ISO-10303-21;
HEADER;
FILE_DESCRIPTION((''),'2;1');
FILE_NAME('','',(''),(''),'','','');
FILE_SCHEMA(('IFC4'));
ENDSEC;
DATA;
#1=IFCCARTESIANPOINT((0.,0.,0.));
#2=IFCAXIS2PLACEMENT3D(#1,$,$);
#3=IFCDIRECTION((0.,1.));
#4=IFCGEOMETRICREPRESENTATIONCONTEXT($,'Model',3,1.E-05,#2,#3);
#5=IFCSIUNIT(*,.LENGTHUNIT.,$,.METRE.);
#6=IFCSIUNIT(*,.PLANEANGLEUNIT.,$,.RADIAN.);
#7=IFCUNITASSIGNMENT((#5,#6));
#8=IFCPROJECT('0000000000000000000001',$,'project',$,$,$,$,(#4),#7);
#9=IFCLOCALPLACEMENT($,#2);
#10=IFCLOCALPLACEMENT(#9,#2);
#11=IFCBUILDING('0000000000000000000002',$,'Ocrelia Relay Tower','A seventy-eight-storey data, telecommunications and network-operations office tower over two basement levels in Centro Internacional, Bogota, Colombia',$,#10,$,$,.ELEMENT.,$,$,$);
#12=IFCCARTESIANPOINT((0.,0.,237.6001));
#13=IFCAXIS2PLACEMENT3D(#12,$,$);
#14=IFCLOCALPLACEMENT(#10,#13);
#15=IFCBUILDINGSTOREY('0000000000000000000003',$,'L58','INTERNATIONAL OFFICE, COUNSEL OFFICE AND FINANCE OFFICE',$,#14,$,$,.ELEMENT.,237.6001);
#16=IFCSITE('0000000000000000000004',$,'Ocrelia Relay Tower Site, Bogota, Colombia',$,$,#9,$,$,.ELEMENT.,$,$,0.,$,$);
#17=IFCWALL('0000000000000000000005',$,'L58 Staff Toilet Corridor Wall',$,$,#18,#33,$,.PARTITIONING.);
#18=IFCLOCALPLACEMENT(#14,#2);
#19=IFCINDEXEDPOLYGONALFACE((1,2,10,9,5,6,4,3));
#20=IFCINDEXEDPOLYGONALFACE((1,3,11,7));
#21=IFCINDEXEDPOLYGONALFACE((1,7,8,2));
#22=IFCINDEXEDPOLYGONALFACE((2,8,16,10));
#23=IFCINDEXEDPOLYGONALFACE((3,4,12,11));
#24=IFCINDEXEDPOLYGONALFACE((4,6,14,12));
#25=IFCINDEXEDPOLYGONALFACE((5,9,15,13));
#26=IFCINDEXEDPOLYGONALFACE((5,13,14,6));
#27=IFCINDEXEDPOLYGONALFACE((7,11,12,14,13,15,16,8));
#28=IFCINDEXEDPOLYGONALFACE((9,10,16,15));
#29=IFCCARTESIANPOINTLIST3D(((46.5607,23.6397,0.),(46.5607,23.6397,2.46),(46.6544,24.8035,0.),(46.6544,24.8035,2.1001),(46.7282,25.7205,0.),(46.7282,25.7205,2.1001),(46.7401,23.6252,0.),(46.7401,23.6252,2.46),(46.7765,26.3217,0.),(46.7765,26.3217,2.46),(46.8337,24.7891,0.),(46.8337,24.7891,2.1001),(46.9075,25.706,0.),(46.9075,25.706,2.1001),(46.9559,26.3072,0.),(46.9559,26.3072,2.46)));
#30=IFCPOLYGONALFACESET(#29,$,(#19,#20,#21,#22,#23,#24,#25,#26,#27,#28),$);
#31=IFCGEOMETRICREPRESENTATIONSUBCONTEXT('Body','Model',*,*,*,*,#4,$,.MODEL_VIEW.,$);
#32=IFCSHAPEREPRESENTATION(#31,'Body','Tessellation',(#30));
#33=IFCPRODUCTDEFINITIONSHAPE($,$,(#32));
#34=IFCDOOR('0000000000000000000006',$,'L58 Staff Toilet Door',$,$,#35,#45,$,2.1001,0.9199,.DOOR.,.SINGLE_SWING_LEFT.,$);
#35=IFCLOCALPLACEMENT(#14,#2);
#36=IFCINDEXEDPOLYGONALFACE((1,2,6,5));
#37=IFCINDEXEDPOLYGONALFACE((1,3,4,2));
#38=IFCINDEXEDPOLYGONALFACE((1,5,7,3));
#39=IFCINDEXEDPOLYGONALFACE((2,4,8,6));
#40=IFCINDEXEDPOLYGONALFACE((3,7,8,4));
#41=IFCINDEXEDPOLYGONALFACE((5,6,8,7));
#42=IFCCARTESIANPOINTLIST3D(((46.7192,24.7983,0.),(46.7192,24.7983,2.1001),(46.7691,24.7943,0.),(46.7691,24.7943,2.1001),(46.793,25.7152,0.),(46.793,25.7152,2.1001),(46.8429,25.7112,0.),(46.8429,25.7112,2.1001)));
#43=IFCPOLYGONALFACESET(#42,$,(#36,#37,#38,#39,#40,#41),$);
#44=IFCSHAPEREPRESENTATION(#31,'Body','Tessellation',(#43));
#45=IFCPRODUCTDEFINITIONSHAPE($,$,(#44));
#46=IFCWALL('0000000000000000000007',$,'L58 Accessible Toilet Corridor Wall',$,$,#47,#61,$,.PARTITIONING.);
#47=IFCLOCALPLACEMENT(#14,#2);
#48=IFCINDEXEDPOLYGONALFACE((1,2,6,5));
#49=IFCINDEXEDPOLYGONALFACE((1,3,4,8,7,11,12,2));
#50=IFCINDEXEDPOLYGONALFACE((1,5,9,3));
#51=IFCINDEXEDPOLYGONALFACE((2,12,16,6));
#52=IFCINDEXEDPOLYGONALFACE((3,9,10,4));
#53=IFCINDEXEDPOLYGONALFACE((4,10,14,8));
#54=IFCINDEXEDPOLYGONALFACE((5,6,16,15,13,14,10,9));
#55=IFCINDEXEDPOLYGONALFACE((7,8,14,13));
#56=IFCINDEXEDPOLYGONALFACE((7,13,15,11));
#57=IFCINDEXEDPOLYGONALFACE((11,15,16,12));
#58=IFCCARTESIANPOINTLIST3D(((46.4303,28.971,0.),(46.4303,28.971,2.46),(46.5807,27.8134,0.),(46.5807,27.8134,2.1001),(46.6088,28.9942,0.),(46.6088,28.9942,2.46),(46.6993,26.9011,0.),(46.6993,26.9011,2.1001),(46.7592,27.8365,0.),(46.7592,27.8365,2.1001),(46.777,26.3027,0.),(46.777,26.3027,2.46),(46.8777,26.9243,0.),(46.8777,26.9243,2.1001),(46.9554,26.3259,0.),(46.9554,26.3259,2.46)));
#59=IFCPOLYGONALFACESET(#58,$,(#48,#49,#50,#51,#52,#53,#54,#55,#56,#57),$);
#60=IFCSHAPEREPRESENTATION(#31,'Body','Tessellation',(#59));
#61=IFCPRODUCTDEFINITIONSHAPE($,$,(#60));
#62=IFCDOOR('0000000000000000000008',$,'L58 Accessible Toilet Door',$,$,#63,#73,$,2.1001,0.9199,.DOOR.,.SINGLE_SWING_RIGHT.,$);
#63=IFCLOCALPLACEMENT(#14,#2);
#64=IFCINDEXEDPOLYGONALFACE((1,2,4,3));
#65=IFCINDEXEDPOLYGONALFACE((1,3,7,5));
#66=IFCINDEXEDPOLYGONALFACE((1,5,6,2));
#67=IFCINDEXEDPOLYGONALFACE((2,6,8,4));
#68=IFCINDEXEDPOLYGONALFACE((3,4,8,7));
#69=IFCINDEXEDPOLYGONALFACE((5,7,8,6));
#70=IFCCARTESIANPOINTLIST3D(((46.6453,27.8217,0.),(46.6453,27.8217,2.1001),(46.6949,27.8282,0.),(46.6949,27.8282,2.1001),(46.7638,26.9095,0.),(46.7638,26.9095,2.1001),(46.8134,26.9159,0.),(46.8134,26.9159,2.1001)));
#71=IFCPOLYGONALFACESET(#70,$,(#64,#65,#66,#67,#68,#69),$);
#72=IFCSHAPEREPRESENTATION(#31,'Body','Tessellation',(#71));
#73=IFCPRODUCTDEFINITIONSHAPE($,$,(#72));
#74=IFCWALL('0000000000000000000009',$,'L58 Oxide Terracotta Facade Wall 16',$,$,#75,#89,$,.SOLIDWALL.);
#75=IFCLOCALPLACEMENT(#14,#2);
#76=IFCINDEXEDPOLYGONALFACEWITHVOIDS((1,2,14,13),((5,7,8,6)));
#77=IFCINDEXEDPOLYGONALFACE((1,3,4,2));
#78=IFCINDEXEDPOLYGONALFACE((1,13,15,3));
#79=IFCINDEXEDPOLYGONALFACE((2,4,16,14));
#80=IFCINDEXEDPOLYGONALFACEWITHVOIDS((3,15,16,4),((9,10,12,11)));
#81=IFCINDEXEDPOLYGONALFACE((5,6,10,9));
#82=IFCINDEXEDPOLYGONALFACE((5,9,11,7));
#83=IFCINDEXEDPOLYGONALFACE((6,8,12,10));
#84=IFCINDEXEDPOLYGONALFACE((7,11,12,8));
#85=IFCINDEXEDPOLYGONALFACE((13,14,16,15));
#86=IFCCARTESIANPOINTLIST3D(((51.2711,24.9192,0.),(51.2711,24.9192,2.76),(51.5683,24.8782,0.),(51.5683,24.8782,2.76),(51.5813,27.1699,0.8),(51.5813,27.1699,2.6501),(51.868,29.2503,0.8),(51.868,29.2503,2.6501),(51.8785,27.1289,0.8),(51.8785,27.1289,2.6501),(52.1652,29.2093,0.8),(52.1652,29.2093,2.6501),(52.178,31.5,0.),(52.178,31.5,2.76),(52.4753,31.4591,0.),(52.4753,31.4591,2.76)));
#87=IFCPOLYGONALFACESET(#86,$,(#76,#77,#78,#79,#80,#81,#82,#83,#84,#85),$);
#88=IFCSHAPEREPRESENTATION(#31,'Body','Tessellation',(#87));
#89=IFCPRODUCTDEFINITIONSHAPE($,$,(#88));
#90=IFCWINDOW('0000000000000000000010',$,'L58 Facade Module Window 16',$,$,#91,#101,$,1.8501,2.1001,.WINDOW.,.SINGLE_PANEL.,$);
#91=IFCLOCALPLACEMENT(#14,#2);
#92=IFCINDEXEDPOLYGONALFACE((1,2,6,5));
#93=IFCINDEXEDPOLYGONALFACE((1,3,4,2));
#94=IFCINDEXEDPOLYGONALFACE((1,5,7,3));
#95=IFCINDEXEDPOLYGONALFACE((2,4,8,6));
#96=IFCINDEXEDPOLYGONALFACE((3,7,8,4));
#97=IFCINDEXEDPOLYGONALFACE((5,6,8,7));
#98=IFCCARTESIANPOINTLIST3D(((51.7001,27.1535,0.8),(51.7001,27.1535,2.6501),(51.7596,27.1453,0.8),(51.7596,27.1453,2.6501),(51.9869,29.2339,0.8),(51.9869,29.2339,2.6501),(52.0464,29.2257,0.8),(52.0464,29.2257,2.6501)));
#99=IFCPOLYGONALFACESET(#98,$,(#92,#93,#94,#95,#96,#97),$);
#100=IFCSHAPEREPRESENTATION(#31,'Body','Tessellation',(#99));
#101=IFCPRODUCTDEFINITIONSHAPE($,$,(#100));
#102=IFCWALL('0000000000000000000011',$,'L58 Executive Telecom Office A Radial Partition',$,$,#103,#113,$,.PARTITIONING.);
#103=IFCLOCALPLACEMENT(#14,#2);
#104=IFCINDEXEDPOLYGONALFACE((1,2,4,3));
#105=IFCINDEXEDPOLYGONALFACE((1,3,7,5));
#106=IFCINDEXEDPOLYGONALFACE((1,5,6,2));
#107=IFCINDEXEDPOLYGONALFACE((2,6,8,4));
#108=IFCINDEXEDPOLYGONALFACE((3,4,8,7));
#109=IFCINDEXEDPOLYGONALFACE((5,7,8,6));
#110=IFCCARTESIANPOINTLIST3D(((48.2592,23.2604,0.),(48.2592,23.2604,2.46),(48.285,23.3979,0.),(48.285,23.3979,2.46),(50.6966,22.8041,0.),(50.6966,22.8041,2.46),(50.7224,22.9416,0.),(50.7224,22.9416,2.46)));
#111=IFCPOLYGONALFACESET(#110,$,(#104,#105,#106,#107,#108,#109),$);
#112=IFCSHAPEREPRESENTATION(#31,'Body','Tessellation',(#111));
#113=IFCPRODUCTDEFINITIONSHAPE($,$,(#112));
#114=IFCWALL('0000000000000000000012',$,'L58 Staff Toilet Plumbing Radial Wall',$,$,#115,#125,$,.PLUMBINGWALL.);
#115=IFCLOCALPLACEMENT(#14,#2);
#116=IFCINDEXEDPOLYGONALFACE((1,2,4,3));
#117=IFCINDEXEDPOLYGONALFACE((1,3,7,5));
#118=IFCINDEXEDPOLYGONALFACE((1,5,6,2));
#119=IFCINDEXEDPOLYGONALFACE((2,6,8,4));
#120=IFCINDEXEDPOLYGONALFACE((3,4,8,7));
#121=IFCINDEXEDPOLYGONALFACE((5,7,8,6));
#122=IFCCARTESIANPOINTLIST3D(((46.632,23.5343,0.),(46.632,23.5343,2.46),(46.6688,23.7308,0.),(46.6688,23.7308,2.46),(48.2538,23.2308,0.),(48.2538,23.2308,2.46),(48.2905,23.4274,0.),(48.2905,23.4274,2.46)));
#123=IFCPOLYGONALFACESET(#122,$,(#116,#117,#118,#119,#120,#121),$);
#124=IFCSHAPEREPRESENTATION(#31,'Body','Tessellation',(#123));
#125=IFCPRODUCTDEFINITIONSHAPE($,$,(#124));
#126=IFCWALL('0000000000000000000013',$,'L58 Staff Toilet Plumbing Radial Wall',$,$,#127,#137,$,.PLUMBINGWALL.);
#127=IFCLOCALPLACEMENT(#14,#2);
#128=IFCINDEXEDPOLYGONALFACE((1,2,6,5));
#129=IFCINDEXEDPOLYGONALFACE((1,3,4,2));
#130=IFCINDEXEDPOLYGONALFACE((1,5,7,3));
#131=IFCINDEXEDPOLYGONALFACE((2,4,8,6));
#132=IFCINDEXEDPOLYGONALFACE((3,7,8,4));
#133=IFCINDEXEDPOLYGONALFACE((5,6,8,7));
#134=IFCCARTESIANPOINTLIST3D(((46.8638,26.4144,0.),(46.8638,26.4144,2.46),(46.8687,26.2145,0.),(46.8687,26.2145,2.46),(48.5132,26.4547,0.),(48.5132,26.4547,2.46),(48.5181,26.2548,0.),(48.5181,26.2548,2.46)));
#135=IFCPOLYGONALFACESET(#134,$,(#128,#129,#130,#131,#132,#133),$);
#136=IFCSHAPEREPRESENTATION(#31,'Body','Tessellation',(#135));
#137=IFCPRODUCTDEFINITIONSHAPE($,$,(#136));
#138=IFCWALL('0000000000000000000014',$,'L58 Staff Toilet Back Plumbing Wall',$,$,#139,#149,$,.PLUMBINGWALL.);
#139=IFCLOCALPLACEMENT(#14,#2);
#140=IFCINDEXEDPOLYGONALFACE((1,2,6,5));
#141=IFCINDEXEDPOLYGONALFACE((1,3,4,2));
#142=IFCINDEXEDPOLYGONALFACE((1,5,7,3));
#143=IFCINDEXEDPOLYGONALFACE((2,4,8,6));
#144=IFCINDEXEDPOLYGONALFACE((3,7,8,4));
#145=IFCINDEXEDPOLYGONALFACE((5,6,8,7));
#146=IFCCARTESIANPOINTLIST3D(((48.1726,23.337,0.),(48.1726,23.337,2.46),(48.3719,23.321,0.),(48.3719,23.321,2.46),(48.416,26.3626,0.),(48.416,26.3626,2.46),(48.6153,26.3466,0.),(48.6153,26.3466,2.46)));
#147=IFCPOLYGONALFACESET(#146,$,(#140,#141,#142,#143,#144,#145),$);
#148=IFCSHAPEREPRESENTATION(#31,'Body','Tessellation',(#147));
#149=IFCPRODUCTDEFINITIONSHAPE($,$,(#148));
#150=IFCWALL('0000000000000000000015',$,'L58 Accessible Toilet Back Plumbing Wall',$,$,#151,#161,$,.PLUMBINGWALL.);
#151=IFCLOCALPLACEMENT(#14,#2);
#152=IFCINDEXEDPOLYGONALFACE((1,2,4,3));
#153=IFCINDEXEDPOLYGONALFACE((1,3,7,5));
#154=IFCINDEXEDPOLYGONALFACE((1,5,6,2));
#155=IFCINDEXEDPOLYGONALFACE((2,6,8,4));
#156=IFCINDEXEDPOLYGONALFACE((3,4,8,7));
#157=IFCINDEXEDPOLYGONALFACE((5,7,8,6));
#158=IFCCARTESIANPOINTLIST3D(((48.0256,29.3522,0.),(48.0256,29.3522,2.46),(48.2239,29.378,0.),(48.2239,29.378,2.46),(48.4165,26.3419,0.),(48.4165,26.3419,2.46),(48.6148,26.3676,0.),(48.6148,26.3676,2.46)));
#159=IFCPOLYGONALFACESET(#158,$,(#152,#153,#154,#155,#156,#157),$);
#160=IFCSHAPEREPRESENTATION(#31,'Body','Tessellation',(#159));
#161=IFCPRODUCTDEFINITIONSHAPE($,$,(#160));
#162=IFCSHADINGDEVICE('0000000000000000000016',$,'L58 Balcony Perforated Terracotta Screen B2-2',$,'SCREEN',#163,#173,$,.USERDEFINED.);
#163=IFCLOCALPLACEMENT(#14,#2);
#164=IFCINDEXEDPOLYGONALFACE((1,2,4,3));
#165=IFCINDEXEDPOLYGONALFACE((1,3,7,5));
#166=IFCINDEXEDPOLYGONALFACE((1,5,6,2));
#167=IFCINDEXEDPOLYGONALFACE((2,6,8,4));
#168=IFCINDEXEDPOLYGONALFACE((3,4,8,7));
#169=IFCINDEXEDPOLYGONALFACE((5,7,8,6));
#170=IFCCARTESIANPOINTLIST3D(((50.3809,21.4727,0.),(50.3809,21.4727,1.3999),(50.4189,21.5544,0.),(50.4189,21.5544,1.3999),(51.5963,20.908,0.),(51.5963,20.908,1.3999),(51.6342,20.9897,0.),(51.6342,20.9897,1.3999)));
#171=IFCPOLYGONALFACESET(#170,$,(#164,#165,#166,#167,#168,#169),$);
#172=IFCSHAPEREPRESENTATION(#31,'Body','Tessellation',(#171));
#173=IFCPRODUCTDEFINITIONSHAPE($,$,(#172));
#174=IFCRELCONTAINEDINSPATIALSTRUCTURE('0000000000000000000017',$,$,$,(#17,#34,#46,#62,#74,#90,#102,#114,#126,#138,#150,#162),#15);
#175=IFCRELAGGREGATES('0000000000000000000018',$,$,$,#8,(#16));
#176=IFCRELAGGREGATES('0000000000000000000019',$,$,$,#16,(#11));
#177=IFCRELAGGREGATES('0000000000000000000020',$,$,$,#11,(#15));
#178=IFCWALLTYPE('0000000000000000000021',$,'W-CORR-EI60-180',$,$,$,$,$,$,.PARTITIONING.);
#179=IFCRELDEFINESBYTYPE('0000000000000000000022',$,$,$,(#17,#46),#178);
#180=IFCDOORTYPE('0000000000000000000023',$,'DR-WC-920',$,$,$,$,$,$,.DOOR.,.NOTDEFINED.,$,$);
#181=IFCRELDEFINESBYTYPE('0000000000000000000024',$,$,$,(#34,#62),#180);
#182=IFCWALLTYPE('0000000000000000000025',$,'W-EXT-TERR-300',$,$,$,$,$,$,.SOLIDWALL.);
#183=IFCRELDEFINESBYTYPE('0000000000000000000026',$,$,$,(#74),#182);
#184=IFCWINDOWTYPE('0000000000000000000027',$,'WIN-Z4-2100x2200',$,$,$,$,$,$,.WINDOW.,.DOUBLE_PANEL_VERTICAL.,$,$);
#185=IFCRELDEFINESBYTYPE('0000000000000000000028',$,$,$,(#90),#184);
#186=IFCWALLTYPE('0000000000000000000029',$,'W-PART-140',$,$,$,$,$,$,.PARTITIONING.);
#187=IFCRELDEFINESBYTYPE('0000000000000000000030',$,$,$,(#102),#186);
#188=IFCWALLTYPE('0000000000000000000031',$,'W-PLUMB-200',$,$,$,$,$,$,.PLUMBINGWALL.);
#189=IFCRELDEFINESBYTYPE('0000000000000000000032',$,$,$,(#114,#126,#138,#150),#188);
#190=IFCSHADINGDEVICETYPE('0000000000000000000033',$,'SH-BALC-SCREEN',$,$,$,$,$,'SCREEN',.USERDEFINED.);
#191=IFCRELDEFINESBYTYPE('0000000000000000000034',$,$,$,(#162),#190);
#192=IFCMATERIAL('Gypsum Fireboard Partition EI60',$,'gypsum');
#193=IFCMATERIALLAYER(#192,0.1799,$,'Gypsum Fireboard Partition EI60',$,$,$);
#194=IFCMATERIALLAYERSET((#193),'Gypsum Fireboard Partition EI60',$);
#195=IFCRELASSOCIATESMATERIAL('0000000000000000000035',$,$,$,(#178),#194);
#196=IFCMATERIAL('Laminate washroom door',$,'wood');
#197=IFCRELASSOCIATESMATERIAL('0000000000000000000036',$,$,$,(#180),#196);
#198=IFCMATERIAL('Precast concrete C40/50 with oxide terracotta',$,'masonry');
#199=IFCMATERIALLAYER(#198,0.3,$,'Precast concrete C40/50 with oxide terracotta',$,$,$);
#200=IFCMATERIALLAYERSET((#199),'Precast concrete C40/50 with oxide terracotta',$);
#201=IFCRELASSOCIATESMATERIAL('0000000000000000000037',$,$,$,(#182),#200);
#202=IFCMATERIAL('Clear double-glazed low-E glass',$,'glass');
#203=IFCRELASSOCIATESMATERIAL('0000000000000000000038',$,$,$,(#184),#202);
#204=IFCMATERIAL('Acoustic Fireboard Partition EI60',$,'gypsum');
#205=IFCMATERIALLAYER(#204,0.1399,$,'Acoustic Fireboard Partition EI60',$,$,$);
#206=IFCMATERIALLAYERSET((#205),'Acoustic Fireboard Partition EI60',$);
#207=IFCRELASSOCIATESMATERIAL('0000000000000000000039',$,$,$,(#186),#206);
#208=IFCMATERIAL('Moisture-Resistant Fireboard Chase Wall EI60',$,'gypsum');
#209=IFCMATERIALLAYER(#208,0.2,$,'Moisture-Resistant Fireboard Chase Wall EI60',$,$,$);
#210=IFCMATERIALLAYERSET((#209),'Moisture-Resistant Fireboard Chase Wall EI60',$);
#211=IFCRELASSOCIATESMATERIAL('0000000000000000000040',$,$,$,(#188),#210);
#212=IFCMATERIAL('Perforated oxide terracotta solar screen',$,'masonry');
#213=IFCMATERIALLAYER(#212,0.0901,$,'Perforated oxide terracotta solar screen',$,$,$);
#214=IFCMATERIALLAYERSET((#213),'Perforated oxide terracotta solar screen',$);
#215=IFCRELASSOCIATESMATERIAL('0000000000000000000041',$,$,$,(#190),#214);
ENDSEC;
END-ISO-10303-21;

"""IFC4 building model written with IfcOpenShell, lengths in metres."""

from ifc_helpers import new_model, si_unit, direction, frame, frame_2d, origin, origin_2d, place, context, subcontext, project, spatial, rectangle, extrude, material, layer, layer_set, type_object, element, fill, save


model = new_model("IFC4")

# Units and contexts
model_context = context("Model", 3, precision=1e-05, world=origin(), true_north=direction((0.0, 1.0)))
body_context = subcontext(model_context, "Body", "Model", "MODEL_VIEW")
ifc_project = project(units=[si_unit("LENGTHUNIT", "METRE"), si_unit("PLANEANGLEUNIT", "RADIAN")], contexts=[model_context])

# Site, building, storey
site_placement = place(None, origin())
site = spatial("IfcSite", under=ifc_project, at=site_placement, Name="Ocrelia Relay Tower Site, Bogota, Colombia", CompositionType="ELEMENT", RefElevation=0.0)
building_placement = place(site_placement, origin())
building = spatial("IfcBuilding", under=site, at=building_placement, Name="Ocrelia Relay Tower", Description="A seventy-eight-storey data, telecommunications and network-operations office tower over two basement levels in Centro Internacional, Bogota, Colombia", CompositionType="ELEMENT")
storey_placement = place(building_placement, frame((0.0, 0.0, 237.6001)))
storey = spatial("IfcBuildingStorey", under=building, at=storey_placement, Name="L58", Description="INTERNATIONAL OFFICE, COUNSEL OFFICE AND FINANCE OFFICE", CompositionType="ELEMENT", Elevation=237.6001)

# Walls, openings, doors
ifc_material_1 = material(Name="Gypsum Fireboard Partition EI60", Category="gypsum")
ifc_layer_1 = layer(ifc_material_1, 0.1799, Name="Gypsum Fireboard Partition EI60")
ifc_layer_set_1 = layer_set([ifc_layer_1], Name="Gypsum Fireboard Partition EI60")
wall_type_1 = type_object("IfcWallType", Name="W-CORR-EI60-180", PredefinedType="PARTITIONING", material=ifc_layer_set_1)
wall_1_placement = place(storey_placement, frame((46.6504, 23.6326, 0.0), z_axis=(0.0, 0.0, 1.0), x_axis=(0.080214, 0.996778, 0.0)))
wall_1 = element("IfcWall", 1, at=wall_1_placement, inside=storey, type_object=wall_type_1, Name="L58 Staff Toilet Corridor Wall", PredefinedType="PARTITIONING", context=body_context, shape_type="SweptSolid", body=[
    extrude(rectangle(XDim=2.6907, YDim=0.1799, at=frame_2d((1.3452, 0.0))), origin(), (0.0, 0.0, 1.0), 2.46),
])
opening_1_placement = place(wall_1_placement, frame((1.1675, 0.0, 0.0)))
opening_1 = element("IfcOpeningElement", 2, at=opening_1_placement, cuts=wall_1, PredefinedType="OPENING", context=body_context, shape_type="SweptSolid", body=[
    extrude(rectangle(XDim=0.9199, YDim=2.1001, at=frame_2d((0.46, 1.05))), frame((0.0, 0.1001, 0.0), z_axis=(0.0, -1.0, 0.0), x_axis=(1.0, 0.0, 0.0)), (0.0, 0.0, 1.0), 0.2),
])
ifc_material_2 = material(Name="Laminate washroom door", Category="wood")
door_type = type_object("IfcDoorType", Name="DR-WC-920", OperationType="NOTDEFINED", PredefinedType="DOOR", material=ifc_material_2)
door_1_placement = place(opening_1_placement, origin())
door_1 = element("IfcDoor", 3, at=door_1_placement, inside=storey, type_object=door_type, Name="L58 Staff Toilet Door", OperationType="SINGLE_SWING_LEFT", OverallHeight=2.1001, OverallWidth=0.9199, PredefinedType="DOOR", context=body_context, shape_type="SweptSolid", body=[
    extrude(rectangle(XDim=0.9199, YDim=2.1001, at=frame_2d((0.46, 1.05))), frame((0.0, 0.0249, 0.0), z_axis=(0.0, -1.0, 0.0), x_axis=(1.0, 0.0, 0.0)), (0.0, 0.0, 1.0), 0.05),
])
fill(opening_1, door_1)
wall_2_placement = place(storey_placement, frame((46.8662, 26.3145, 0.0), z_axis=(0.0, 0.0, 1.0), x_axis=(-0.128847, 0.991665, 0.0)))
wall_2 = element("IfcWall", 4, at=wall_2_placement, inside=storey, type_object=wall_type_1, Name="L58 Accessible Toilet Corridor Wall", PredefinedType="PARTITIONING", context=body_context, shape_type="SweptSolid", body=[
    extrude(rectangle(XDim=2.6907, YDim=0.1799, at=frame_2d((1.3452, 0.0))), origin(), (0.0, 0.0, 1.0), 2.46),
])
opening_2_placement = place(wall_2_placement, frame((0.6033, 0.0, 0.0)))
opening_2 = element("IfcOpeningElement", 5, at=opening_2_placement, cuts=wall_2, PredefinedType="OPENING", context=body_context, shape_type="SweptSolid", body=[
    extrude(rectangle(XDim=0.9199, YDim=2.1001, at=frame_2d((0.46, 1.05))), frame((0.0, 0.1001, 0.0), z_axis=(0.0, -1.0, 0.0), x_axis=(1.0, 0.0, 0.0)), (0.0, 0.0, 1.0), 0.2),
])
door_2_placement = place(opening_2_placement, origin())
door_2 = element("IfcDoor", 6, at=door_2_placement, inside=storey, type_object=door_type, Name="L58 Accessible Toilet Door", OperationType="SINGLE_SWING_RIGHT", OverallHeight=2.1001, OverallWidth=0.9199, PredefinedType="DOOR", context=body_context, shape_type="SweptSolid", body=[
    extrude(rectangle(XDim=0.9199, YDim=2.1001, at=frame_2d((0.46, 1.05))), frame((0.0, 0.0249, 0.0), z_axis=(0.0, -1.0, 0.0), x_axis=(1.0, 0.0, 0.0)), (0.0, 0.0, 1.0), 0.05),
])
fill(opening_2, door_2)

# Wall, opening, window
ifc_material_3 = material(Name="Precast concrete C40/50 with oxide terracotta", Category="masonry")
ifc_layer_2 = layer(ifc_material_3, 0.3, Name="Precast concrete C40/50 with oxide terracotta")
ifc_layer_set_2 = layer_set([ifc_layer_2], Name="Precast concrete C40/50 with oxide terracotta")
wall_type_2 = type_object("IfcWallType", Name="W-EXT-TERR-300", PredefinedType="SOLIDWALL", material=ifc_layer_set_2)
wall_3_placement = place(storey_placement, frame((51.4197, 24.8987, 0.0), z_axis=(0.0, 0.0, 1.0), x_axis=(0.136532, 0.990636, 0.0)))
wall_3 = element("IfcWall", 7, at=wall_3_placement, inside=storey, type_object=wall_type_2, Name="L58 Oxide Terracotta Facade Wall 16", PredefinedType="SOLIDWALL", context=body_context, shape_type="SweptSolid", body=[
    extrude(rectangle(XDim=6.6431, YDim=0.3, at=frame_2d((3.3215, 0.0))), origin(), (0.0, 0.0, 1.0), 2.76),
])
opening_3_placement = place(wall_3_placement, frame((2.272, 0.0, 0.8)))
opening_3 = element("IfcOpeningElement", 8, at=opening_3_placement, cuts=wall_3, PredefinedType="OPENING", context=body_context, shape_type="SweptSolid", body=[
    extrude(rectangle(XDim=2.1001, YDim=1.8501, at=frame_2d((1.05, 0.925))), frame((0.0, 0.1602, 0.0), z_axis=(0.0, -1.0, 0.0), x_axis=(1.0, 0.0, 0.0)), (0.0, 0.0, 1.0), 0.3201),
])
ifc_material_4 = material(Name="Clear double-glazed low-E glass", Category="glass")
window_type = type_object("IfcWindowType", Name="WIN-Z4-2100x2200", PartitioningType="DOUBLE_PANEL_VERTICAL", PredefinedType="WINDOW", material=ifc_material_4)
window_placement = place(opening_3_placement, origin())
window = element("IfcWindow", 9, at=window_placement, inside=storey, type_object=window_type, Name="L58 Facade Module Window 16", OverallHeight=1.8501, OverallWidth=2.1001, PartitioningType="SINGLE_PANEL", PredefinedType="WINDOW", context=body_context, shape_type="SweptSolid", body=[
    extrude(rectangle(XDim=2.1001, YDim=1.8501, at=frame_2d((1.05, 0.925))), frame((0.0, 0.03, 0.0), z_axis=(0.0, -1.0, 0.0), x_axis=(1.0, 0.0, 0.0)), (0.0, 0.0, 1.0), 0.0601),
])
fill(opening_3, window)

# Walls
ifc_material_5 = material(Name="Acoustic Fireboard Partition EI60", Category="gypsum")
ifc_layer_3 = layer(ifc_material_5, 0.1399, Name="Acoustic Fireboard Partition EI60")
ifc_layer_set_3 = layer_set([ifc_layer_3], Name="Acoustic Fireboard Partition EI60")
wall_type_3 = type_object("IfcWallType", Name="W-PART-140", PredefinedType="PARTITIONING", material=ifc_layer_set_3)
wall_4_placement = place(storey_placement, frame((48.2722, 23.3291, 0.0), z_axis=(0.0, 0.0, 1.0), x_axis=(0.982926, -0.184003, 0.0)))
element("IfcWall", 10, at=wall_4_placement, inside=storey, type_object=wall_type_3, Name="L58 Executive Telecom Office A Radial Partition", PredefinedType="PARTITIONING", context=body_context, shape_type="SweptSolid", body=[
    extrude(rectangle(XDim=2.4797, YDim=0.1399, at=frame_2d((1.2397, 0.0))), origin(), (0.0, 0.0, 1.0), 2.46),
])
ifc_material_6 = material(Name="Moisture-Resistant Fireboard Chase Wall EI60", Category="gypsum")
ifc_layer_4 = layer(ifc_material_6, 0.2, Name="Moisture-Resistant Fireboard Chase Wall EI60")
ifc_layer_set_4 = layer_set([ifc_layer_4], Name="Moisture-Resistant Fireboard Chase Wall EI60")
wall_type_4 = type_object("IfcWallType", Name="W-PLUMB-200", PredefinedType="PLUMBINGWALL", material=ifc_layer_set_4)
for number, where, z_axis, x_axis, name in (
    (11, (46.6504, 23.6326, 0.0), (0.0, 0.0, 1.0), (0.982941, -0.183922, 0.0), "L58 Staff Toilet Plumbing Radial Wall"),
    (12, (46.8662, 26.3145, 0.0), (0.0, 0.0, 1.0), (0.999702, 0.024415, 0.0), "L58 Staff Toilet Plumbing Radial Wall"),
):
    element("IfcWall", number, at=place(storey_placement, frame(where, z_axis=z_axis, x_axis=x_axis)), inside=storey, type_object=wall_type_4, Name=name, PredefinedType="PLUMBINGWALL", context=body_context, shape_type="SweptSolid", body=[
        extrude(rectangle(XDim=1.6499, YDim=0.2, at=frame_2d((0.825, 0.0))), origin(), (0.0, 0.0, 1.0), 2.46),
    ])
wall_5_placement = place(storey_placement, frame((48.2722, 23.3291, 0.0), z_axis=(0.0, 0.0, 1.0), x_axis=(0.08019, 0.99678, 0.0)))
element("IfcWall", 13, at=wall_5_placement, inside=storey, type_object=wall_type_4, Name="L58 Staff Toilet Back Plumbing Wall", PredefinedType="PLUMBINGWALL", context=body_context, shape_type="SweptSolid", body=[
    extrude(rectangle(XDim=3.0354, YDim=0.2, at=frame_2d((1.5176, 0.0))), origin(), (0.0, 0.0, 1.0), 2.46),
])
wall_6_placement = place(storey_placement, frame((48.5156, 26.3547, 0.0), z_axis=(0.0, 0.0, 1.0), x_axis=(-0.128765, 0.991675, 0.0)))
element("IfcWall", 14, at=wall_6_placement, inside=storey, type_object=wall_type_4, Name="L58 Accessible Toilet Back Plumbing Wall", PredefinedType="PLUMBINGWALL", context=body_context, shape_type="SweptSolid", body=[
    extrude(rectangle(XDim=3.0356, YDim=0.2, at=frame_2d((1.5178, 0.0))), origin(), (0.0, 0.0, 1.0), 2.46),
])

# Shading device
ifc_material_7 = material(Name="Perforated oxide terracotta solar screen", Category="masonry")
ifc_layer_5 = layer(ifc_material_7, 0.0901, Name="Perforated oxide terracotta solar screen")
ifc_layer_set_5 = layer_set([ifc_layer_5], Name="Perforated oxide terracotta solar screen")
shading_device_type_1 = type_object("IfcShadingDeviceType", Name="SH-BALC-SCREEN", ElementType="SCREEN", PredefinedType="USERDEFINED", material=ifc_layer_set_5)
shading_device_1_placement = place(storey_placement, frame((51.0076, 21.2312, 0.0), z_axis=(0.0, 0.0, 1.0), x_axis=(0.906904, -0.421337, 0.0)))
element("IfcShadingDevice", 15, at=shading_device_1_placement, inside=storey, type_object=shading_device_type_1, Name="L58 Balcony Perforated Terracotta Screen B2-2", ObjectType="SCREEN", PredefinedType="USERDEFINED", context=body_context, shape_type="SweptSolid", body=[
    extrude(rectangle(XDim=1.3401, YDim=0.0901, at=origin_2d()), origin(), (0.0, 0.0, 1.0), 1.3999),
])

save(model, "model.ifc")
